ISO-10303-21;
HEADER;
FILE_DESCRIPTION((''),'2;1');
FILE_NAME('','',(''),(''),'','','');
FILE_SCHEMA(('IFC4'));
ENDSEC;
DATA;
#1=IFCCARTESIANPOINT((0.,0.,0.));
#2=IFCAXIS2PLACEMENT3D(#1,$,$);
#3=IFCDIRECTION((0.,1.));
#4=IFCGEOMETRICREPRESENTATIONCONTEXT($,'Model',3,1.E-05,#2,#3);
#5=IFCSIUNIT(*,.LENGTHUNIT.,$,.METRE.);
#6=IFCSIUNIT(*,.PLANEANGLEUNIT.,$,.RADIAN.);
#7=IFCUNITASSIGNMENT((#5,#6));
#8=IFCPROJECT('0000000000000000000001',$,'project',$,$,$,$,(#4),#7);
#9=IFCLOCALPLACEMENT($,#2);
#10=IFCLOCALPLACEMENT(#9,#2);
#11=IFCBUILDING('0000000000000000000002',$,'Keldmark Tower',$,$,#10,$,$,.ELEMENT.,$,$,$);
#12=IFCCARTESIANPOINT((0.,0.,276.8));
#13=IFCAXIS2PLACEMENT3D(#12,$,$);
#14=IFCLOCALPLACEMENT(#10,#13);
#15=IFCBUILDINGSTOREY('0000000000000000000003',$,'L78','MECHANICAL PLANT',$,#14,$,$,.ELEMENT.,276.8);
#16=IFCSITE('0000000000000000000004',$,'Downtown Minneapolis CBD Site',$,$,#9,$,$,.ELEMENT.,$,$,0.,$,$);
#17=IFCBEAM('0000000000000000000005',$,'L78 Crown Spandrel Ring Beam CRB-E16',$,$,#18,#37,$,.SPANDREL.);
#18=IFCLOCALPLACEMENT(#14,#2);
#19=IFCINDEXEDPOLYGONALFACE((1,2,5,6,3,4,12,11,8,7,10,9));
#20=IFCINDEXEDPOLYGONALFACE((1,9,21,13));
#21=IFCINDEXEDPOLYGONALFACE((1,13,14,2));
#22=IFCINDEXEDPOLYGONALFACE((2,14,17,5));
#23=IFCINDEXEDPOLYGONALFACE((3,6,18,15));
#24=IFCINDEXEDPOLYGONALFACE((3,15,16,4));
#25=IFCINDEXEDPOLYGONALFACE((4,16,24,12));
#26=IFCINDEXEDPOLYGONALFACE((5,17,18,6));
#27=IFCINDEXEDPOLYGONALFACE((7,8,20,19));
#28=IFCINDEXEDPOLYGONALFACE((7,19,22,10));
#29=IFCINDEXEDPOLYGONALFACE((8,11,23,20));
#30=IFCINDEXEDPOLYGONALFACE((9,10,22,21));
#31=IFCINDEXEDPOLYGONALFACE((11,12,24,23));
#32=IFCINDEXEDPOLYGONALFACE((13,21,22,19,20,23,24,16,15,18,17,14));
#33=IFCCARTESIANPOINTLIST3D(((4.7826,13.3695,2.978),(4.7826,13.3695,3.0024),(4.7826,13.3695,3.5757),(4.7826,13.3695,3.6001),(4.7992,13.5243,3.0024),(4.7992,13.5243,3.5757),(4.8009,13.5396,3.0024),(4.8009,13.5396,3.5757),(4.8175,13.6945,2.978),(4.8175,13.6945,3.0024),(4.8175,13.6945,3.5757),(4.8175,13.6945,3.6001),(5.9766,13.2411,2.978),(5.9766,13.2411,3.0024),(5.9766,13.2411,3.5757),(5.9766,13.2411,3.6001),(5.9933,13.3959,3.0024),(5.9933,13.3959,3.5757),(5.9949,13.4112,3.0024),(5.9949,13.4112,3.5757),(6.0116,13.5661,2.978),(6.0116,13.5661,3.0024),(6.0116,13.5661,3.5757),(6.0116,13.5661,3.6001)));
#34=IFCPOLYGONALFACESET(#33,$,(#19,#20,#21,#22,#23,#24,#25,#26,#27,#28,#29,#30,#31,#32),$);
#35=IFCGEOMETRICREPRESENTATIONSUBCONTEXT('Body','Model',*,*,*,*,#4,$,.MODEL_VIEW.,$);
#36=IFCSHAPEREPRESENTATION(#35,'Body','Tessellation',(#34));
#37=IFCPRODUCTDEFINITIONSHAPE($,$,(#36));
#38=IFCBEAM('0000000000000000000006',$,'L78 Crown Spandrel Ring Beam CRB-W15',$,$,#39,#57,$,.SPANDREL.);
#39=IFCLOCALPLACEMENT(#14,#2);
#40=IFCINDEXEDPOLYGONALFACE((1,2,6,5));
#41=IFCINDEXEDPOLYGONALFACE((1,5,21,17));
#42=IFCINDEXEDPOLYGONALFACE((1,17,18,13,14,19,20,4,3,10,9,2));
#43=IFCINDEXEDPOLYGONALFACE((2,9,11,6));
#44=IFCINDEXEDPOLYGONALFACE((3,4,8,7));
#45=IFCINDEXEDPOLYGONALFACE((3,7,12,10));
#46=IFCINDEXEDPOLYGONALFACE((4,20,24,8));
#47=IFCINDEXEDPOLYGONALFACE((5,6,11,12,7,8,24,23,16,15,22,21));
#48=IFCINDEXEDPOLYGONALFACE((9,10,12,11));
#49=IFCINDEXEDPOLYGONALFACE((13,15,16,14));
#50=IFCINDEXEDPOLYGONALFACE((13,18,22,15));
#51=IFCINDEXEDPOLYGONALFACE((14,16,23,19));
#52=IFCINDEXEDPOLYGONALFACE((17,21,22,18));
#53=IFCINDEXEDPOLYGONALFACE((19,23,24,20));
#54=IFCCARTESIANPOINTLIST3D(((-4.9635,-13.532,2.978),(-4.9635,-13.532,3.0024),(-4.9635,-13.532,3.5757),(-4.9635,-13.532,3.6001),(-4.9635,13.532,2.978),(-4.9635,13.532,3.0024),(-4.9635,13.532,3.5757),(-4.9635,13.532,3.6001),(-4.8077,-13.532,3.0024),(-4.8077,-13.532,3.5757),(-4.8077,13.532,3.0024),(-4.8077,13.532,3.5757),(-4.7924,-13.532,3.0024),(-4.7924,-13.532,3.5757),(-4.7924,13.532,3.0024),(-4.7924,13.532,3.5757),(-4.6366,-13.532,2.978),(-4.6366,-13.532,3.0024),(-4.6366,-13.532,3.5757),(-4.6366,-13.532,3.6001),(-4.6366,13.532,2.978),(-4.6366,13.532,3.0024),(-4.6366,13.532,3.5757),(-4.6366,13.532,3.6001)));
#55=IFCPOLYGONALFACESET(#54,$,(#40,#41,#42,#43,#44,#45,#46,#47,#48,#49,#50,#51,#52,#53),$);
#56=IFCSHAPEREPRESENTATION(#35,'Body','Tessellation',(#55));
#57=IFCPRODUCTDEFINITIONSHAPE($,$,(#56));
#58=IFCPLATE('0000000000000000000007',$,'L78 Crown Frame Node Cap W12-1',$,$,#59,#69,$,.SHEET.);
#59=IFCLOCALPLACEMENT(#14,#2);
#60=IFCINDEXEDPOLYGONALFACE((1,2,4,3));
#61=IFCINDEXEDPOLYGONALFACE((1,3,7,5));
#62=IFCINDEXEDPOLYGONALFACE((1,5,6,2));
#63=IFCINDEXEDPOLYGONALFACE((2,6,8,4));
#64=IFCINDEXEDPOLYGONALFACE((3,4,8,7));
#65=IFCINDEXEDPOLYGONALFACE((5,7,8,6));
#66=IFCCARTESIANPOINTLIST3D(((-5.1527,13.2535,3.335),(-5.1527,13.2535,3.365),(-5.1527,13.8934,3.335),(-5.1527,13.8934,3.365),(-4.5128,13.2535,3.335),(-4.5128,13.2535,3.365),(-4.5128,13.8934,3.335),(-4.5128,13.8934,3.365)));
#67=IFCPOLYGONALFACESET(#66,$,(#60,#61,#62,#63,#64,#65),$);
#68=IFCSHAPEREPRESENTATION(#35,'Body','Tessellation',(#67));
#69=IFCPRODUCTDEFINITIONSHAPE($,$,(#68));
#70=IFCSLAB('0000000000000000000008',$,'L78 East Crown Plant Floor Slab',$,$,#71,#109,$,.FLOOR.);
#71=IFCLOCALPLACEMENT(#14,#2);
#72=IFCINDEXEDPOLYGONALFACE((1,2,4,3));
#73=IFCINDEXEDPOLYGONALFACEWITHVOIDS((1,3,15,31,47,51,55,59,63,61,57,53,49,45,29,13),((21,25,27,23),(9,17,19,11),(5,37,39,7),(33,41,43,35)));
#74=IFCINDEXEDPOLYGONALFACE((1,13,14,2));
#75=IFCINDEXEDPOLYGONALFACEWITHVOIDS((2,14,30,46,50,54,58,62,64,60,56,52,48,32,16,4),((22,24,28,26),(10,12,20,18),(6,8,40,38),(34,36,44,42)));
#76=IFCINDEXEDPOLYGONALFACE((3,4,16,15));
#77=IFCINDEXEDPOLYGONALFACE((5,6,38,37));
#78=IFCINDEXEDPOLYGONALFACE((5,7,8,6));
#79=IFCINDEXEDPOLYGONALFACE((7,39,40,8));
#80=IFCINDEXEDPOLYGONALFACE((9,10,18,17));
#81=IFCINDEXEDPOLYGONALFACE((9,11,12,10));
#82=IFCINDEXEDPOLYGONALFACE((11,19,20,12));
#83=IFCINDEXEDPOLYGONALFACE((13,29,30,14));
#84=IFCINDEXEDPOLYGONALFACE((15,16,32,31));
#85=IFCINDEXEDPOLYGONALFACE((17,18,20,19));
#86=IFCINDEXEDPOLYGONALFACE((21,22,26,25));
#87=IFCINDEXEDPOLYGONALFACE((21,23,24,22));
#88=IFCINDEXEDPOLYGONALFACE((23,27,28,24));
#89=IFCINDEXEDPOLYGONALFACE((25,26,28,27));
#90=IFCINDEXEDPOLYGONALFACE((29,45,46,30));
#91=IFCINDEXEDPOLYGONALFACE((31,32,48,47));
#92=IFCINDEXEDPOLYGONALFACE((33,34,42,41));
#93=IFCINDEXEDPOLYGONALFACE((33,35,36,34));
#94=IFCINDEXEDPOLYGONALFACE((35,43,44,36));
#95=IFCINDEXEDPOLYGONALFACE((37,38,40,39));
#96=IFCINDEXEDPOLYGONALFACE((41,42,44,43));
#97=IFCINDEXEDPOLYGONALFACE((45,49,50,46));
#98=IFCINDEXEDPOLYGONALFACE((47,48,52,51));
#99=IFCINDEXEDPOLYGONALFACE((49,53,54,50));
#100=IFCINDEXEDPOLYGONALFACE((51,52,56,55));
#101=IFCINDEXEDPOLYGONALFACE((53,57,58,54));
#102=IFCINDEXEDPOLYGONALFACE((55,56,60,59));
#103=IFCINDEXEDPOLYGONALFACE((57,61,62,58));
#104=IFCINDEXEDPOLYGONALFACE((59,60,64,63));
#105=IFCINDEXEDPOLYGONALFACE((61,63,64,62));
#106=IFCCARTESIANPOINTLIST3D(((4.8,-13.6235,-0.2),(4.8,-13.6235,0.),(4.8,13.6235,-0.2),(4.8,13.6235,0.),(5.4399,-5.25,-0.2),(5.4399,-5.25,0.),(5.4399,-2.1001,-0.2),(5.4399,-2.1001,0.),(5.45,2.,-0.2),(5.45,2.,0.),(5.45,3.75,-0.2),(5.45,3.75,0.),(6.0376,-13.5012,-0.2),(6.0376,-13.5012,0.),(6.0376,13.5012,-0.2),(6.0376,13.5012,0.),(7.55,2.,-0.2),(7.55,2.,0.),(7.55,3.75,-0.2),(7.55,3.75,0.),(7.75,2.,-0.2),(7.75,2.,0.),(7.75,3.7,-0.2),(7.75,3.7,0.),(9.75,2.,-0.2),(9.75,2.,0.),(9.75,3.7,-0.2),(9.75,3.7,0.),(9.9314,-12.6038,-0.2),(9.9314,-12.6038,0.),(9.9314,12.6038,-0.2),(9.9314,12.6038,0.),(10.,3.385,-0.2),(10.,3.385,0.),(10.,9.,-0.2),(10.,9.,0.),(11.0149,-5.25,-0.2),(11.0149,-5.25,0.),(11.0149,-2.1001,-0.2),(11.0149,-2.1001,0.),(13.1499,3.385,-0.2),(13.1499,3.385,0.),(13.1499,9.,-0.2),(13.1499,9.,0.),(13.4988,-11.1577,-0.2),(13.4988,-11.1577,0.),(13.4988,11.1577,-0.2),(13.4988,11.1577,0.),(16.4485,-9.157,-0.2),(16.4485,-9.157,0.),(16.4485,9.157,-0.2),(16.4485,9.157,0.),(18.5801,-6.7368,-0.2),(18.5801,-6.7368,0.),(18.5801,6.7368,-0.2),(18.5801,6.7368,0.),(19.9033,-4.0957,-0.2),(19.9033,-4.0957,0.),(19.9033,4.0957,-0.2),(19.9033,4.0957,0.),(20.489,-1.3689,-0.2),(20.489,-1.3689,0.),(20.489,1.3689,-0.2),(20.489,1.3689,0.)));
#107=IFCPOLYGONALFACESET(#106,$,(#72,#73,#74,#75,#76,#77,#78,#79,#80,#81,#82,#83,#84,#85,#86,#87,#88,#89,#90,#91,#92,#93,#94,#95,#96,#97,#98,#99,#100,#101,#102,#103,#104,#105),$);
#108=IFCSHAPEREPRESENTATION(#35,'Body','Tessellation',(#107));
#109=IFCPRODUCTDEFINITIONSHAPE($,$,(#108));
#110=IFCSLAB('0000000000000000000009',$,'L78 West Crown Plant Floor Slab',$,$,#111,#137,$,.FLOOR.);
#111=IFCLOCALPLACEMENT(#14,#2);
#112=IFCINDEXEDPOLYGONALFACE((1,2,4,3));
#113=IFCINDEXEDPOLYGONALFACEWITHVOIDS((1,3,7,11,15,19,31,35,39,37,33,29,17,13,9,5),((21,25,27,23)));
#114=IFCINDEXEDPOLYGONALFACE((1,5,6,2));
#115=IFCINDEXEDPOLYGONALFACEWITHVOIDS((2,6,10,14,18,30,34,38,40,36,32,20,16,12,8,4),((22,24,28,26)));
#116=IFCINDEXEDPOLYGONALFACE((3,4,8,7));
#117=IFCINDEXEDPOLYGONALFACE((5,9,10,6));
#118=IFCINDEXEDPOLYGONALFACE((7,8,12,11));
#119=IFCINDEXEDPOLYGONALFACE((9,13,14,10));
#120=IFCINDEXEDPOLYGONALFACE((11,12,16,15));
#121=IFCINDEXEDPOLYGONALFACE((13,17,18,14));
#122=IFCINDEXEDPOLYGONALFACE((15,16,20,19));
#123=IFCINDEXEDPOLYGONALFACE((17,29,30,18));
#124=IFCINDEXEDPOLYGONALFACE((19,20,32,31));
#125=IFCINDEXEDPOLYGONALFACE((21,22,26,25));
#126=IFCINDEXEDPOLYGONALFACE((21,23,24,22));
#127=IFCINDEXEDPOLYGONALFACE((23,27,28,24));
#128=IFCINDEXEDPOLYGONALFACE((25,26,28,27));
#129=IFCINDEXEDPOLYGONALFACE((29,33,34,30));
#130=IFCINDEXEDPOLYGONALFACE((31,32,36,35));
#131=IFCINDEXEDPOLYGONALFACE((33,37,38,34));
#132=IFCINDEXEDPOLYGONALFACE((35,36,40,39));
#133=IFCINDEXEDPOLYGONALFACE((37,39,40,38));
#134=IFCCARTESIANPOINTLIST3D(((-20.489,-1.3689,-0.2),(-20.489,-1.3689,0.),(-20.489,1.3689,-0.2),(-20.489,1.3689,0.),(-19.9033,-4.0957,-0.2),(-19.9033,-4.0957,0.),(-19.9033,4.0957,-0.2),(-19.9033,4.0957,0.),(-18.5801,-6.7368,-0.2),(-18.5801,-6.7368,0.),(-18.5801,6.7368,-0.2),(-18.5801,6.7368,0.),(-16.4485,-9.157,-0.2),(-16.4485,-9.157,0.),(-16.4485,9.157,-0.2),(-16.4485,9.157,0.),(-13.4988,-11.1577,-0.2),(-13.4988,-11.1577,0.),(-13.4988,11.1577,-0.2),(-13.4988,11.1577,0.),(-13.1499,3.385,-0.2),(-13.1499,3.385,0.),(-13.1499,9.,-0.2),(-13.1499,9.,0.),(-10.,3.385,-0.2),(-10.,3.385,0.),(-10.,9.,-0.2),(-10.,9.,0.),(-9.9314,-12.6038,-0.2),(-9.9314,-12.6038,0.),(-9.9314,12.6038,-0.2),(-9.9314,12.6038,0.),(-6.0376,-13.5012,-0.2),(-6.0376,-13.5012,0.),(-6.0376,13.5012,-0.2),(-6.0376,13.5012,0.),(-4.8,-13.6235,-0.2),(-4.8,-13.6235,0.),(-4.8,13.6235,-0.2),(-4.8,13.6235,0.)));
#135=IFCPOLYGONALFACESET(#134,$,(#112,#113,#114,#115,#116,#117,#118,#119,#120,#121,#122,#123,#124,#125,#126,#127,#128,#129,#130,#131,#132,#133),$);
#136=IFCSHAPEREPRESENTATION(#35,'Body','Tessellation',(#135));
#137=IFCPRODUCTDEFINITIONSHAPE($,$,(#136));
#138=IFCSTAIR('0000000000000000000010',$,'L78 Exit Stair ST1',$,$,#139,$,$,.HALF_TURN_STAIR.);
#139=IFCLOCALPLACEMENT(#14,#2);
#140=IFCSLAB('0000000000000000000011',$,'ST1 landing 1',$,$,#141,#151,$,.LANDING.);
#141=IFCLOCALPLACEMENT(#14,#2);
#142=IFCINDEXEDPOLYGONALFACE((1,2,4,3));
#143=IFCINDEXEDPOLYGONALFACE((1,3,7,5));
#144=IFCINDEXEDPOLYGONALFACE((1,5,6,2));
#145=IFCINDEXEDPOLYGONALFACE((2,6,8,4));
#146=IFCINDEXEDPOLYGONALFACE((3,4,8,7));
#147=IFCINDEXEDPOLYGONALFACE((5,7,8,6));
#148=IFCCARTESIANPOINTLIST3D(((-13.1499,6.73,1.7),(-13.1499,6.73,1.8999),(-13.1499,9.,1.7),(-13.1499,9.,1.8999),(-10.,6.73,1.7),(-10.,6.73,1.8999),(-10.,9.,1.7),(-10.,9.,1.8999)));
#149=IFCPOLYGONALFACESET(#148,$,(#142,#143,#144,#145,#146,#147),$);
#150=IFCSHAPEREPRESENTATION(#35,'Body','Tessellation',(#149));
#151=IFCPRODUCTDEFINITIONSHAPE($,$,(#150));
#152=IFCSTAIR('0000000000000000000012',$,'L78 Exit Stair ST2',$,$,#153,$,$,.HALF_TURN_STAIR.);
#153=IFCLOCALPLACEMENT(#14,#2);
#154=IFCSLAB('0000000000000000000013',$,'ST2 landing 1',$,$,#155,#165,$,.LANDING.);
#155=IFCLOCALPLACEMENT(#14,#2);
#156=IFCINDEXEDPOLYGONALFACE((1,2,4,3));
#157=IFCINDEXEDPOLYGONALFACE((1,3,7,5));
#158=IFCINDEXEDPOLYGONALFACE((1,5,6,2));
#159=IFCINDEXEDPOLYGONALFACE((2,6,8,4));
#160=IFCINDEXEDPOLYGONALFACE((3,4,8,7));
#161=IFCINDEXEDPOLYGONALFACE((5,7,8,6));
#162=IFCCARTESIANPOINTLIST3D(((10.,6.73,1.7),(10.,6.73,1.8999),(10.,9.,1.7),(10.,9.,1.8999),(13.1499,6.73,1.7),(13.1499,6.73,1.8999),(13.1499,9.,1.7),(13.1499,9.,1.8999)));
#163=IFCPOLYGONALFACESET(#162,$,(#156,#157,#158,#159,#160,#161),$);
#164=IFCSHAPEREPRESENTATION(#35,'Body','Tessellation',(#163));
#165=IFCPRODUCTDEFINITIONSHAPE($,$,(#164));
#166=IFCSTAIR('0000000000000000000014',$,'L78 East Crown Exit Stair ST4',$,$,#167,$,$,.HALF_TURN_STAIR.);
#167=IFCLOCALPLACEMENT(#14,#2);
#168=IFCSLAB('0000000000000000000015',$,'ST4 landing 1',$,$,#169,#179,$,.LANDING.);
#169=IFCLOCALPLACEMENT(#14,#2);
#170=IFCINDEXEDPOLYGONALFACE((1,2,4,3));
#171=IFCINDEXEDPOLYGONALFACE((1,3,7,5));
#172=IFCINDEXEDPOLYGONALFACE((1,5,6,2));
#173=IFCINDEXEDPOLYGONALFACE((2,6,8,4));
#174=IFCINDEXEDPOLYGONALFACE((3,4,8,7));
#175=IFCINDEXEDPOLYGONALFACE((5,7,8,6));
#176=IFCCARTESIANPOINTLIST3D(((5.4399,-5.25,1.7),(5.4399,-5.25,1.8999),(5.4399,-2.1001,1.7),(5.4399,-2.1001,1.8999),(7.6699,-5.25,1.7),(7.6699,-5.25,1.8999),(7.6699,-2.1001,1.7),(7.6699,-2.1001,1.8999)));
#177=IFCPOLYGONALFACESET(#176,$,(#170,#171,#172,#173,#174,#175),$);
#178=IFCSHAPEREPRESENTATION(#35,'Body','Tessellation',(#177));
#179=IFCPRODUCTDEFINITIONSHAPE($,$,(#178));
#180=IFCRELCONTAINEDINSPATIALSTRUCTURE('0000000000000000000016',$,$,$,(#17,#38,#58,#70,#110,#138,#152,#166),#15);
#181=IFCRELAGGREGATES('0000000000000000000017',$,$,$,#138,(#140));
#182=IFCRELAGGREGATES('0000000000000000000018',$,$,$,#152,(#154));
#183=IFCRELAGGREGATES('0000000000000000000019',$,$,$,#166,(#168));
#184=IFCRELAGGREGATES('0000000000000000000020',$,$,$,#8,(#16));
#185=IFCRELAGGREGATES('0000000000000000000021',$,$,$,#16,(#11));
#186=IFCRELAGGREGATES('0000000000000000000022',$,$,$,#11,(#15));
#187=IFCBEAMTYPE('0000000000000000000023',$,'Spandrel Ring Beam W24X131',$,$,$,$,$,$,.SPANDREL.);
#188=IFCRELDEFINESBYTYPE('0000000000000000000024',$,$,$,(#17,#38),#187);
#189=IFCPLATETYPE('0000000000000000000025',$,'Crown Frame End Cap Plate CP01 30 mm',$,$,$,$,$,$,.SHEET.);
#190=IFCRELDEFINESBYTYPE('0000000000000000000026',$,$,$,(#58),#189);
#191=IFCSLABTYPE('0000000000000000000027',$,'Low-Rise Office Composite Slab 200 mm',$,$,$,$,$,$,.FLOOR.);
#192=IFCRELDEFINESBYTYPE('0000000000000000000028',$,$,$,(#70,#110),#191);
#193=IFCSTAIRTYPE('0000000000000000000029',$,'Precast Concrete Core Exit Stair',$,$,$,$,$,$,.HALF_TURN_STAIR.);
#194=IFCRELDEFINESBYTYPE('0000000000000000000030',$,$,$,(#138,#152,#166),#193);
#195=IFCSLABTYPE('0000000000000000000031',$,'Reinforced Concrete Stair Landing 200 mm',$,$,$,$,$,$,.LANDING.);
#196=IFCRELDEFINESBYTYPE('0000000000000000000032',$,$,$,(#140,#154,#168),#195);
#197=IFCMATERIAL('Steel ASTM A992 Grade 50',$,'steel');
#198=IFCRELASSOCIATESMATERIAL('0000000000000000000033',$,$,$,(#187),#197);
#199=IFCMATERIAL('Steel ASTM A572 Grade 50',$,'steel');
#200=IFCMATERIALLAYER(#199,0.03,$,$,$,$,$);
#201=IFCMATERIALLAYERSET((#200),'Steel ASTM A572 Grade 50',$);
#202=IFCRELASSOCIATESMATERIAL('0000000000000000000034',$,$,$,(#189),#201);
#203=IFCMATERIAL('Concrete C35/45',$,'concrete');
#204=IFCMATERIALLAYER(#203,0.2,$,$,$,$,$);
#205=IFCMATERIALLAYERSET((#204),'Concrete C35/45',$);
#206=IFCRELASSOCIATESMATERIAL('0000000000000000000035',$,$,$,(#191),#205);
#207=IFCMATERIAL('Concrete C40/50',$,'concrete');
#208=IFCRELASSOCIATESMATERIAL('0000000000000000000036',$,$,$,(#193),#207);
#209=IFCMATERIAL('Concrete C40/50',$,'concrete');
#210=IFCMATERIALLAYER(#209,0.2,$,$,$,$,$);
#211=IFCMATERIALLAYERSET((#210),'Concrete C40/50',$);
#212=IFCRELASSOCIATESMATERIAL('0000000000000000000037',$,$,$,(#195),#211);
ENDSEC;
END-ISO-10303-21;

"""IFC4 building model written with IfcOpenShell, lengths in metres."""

from ifc_helpers import new_model, si_unit, direction, frame, origin, origin_2d, place, context, subcontext, project, spatial, polyline, rectangle, i_section, outline, extrude, material, layer, layer_set, material_profile, profile_set, type_object, element, aggregate, save


model = new_model("IFC4")

# Units and contexts
model_context = context("Model", 3, precision=1e-05, world=origin(), true_north=direction((0.0, 1.0)))
body_context = subcontext(model_context, "Body", "Model", "MODEL_VIEW")
ifc_project = project(units=[si_unit("LENGTHUNIT", "METRE"), si_unit("PLANEANGLEUNIT", "RADIAN")], contexts=[model_context])

# Site, building, storey
site_placement = place(None, origin())
site = spatial("IfcSite", under=ifc_project, at=site_placement, Name="Downtown Minneapolis CBD Site", CompositionType="ELEMENT", RefElevation=0.0)
building_placement = place(site_placement, origin())
building = spatial("IfcBuilding", under=site, at=building_placement, Name="Keldmark Tower", CompositionType="ELEMENT")
storey_placement = place(building_placement, frame((0.0, 0.0, 276.8)))
storey = spatial("IfcBuildingStorey", under=building, at=storey_placement, Name="L78", Description="MECHANICAL PLANT", CompositionType="ELEMENT", Elevation=276.8)

# Beams
ifc_material_1 = material(Name="Steel ASTM A992 Grade 50", Category="steel")
ifc_material_profile_1 = material_profile(ifc_material_1, i_section(OverallWidth=0.3269, OverallDepth=0.6221, WebThickness=0.0154, FlangeThickness=0.0244, at=origin_2d()), Name="W24X131")
ifc_profile_set_1 = profile_set([ifc_material_profile_1], Name="Steel ASTM A992 Grade 50")
beam_type = type_object("IfcBeamType", Name="Spandrel Ring Beam W24X131", PredefinedType="SPANDREL", material=ifc_profile_set_1)
beam_1_placement = place(storey_placement, frame((4.8, 13.532, 3.2891), z_axis=(0.994267, -0.106928, 0.0), x_axis=(0.106928, 0.994267, 0.0)))
element("IfcBeam", 1, at=beam_1_placement, inside=storey, type_object=beam_type, Name="L78 Crown Spandrel Ring Beam CRB-E16", PredefinedType="SPANDREL", context=body_context, shape_type="SweptSolid", body=[
    extrude(i_section(OverallWidth=0.3269, OverallDepth=0.6221, WebThickness=0.0154, FlangeThickness=0.0244, at=origin_2d()), origin(), (0.0, 0.0, 1.0), 1.2009),
])
beam_2_placement = place(storey_placement, frame((-4.8, 13.532, 3.2891), z_axis=(0.0, -1.0, 0.0), x_axis=(1.0, 0.0, 0.0)))
element("IfcBeam", 2, at=beam_2_placement, inside=storey, type_object=beam_type, Name="L78 Crown Spandrel Ring Beam CRB-W15", PredefinedType="SPANDREL", context=body_context, shape_type="SweptSolid", body=[
    extrude(i_section(OverallWidth=0.3269, OverallDepth=0.6221, WebThickness=0.0154, FlangeThickness=0.0244, at=origin_2d()), origin(), (0.0, 0.0, 1.0), 27.064),
])

# Plate
ifc_material_2 = material(Name="Steel ASTM A572 Grade 50", Category="steel")
ifc_layer_1 = layer(ifc_material_2, 0.03)
ifc_layer_set_1 = layer_set([ifc_layer_1], Name="Steel ASTM A572 Grade 50")
plate_type_1 = type_object("IfcPlateType", Name="Crown Frame End Cap Plate CP01 30 mm", PredefinedType="SHEET", material=ifc_layer_set_1)
plate_1_placement = place(storey_placement, frame((-4.8328, 13.5735, 3.335), z_axis=(0.0, 0.0, 1.0), x_axis=(1.0, 0.0, 0.0)))
element("IfcPlate", 3, at=plate_1_placement, inside=storey, type_object=plate_type_1, Name="L78 Crown Frame Node Cap W12-1", PredefinedType="SHEET", context=body_context, shape_type="SweptSolid", body=[
    extrude(rectangle(XDim=0.6399, YDim=0.6399, at=origin_2d()), origin(), (0.0, 0.0, 1.0), 0.03),
])

# Slabs
ifc_material_3 = material(Name="Concrete C35/45", Category="concrete")
ifc_layer_2 = layer(ifc_material_3, 0.2)
ifc_layer_set_2 = layer_set([ifc_layer_2], Name="Concrete C35/45")
slab_type_1 = type_object("IfcSlabType", Name="Low-Rise Office Composite Slab 200 mm", PredefinedType="FLOOR", material=ifc_layer_set_2)
slab_1_placement = place(storey_placement, frame((0.0, 0.0, -0.2)))
element("IfcSlab", 4, at=slab_1_placement, inside=storey, type_object=slab_type_1, Name="L78 East Crown Plant Floor Slab", PredefinedType="FLOOR", context=body_context, shape_type="SweptSolid", body=[
    extrude(outline(polyline([(6.0376, 13.5012), (9.9314, 12.6038), (13.4988, 11.1577), (16.4485, 9.157), (18.5801, 6.7368), (19.9033, 4.0957), (20.489, 1.3689), (20.489, -1.3689), (19.9033, -4.0957), (18.5801, -6.7368), (16.4485, -9.157), (13.4988, -11.1577), (9.9314, -12.6038), (6.0376, -13.5012), (4.8, -13.6235), (4.8, 13.6235), (6.0376, 13.5012)]), holes=[polyline([(13.1499, 3.385), (13.1499, 9.0), (10.0, 9.0), (10.0, 3.385), (13.1499, 3.385)]), polyline([(11.0149, -2.1001), (5.4399, -2.1001), (5.4399, -5.25), (11.0149, -5.25), (11.0149, -2.1001)]), polyline([(7.75, 2.0), (9.75, 2.0), (9.75, 3.7), (7.75, 3.7), (7.75, 2.0)]), polyline([(5.45, 2.0), (7.55, 2.0), (7.55, 3.75), (5.45, 3.75), (5.45, 2.0)])]), origin(), (0.0, 0.0, 1.0), 0.2),
])
slab_2_placement = place(storey_placement, frame((0.0, 0.0, -0.2)))
element("IfcSlab", 5, at=slab_2_placement, inside=storey, type_object=slab_type_1, Name="L78 West Crown Plant Floor Slab", PredefinedType="FLOOR", context=body_context, shape_type="SweptSolid", body=[
    extrude(outline(polyline([(-6.0376, -13.5012), (-9.9314, -12.6038), (-13.4988, -11.1577), (-16.4485, -9.157), (-18.5801, -6.7368), (-19.9033, -4.0957), (-20.489, -1.3689), (-20.489, 1.3689), (-19.9033, 4.0957), (-18.5801, 6.7368), (-16.4485, 9.157), (-13.4988, 11.1577), (-9.9314, 12.6038), (-6.0376, 13.5012), (-4.8, 13.6235), (-4.8, -13.6235), (-6.0376, -13.5012)]), holes=[polyline([(-10.0, 3.385), (-10.0, 9.0), (-13.1499, 9.0), (-13.1499, 3.385), (-10.0, 3.385)])]), origin(), (0.0, 0.0, 1.0), 0.2),
])

# Stairs, slabs
ifc_material_4 = material(Name="Concrete C40/50", Category="concrete")
stair_type = type_object("IfcStairType", Name="Precast Concrete Core Exit Stair", PredefinedType="HALF_TURN_STAIR", material=ifc_material_4)
stair_1_placement = place(storey_placement, origin())
stair_1 = element("IfcStair", 6, at=stair_1_placement, inside=storey, type_object=stair_type, Name="L78 Exit Stair ST1", PredefinedType="HALF_TURN_STAIR")
ifc_material_5 = material(Name="Concrete C40/50", Category="concrete")
ifc_layer_3 = layer(ifc_material_5, 0.2)
ifc_layer_set_3 = layer_set([ifc_layer_3], Name="Concrete C40/50")
slab_type_2 = type_object("IfcSlabType", Name="Reinforced Concrete Stair Landing 200 mm", PredefinedType="LANDING", material=ifc_layer_set_3)
slab_3_placement = place(storey_placement, frame((0.0, 0.0, 1.7)))
slab_3 = element("IfcSlab", 7, at=slab_3_placement, type_object=slab_type_2, Name="ST1 landing 1", PredefinedType="LANDING", context=body_context, shape_type="SweptSolid", body=[
    extrude(outline(polyline([(-10.0, 6.73), (-10.0, 9.0), (-13.1499, 9.0), (-13.1499, 6.73), (-10.0, 6.73)])), origin(), (0.0, 0.0, 1.0), 0.2),
])
aggregate(stair_1, [slab_3])
stair_2_placement = place(storey_placement, origin())
stair_2 = element("IfcStair", 8, at=stair_2_placement, inside=storey, type_object=stair_type, Name="L78 Exit Stair ST2", PredefinedType="HALF_TURN_STAIR")
slab_4_placement = place(storey_placement, frame((0.0, 0.0, 1.7)))
slab_4 = element("IfcSlab", 9, at=slab_4_placement, type_object=slab_type_2, Name="ST2 landing 1", PredefinedType="LANDING", context=body_context, shape_type="SweptSolid", body=[
    extrude(outline(polyline([(13.1499, 6.73), (13.1499, 9.0), (10.0, 9.0), (10.0, 6.73), (13.1499, 6.73)])), origin(), (0.0, 0.0, 1.0), 0.2),
])
aggregate(stair_2, [slab_4])
stair_3_placement = place(storey_placement, origin())
stair_3 = element("IfcStair", 10, at=stair_3_placement, inside=storey, type_object=stair_type, Name="L78 East Crown Exit Stair ST4", PredefinedType="HALF_TURN_STAIR")
slab_5_placement = place(storey_placement, frame((0.0, 0.0, 1.7)))
slab_5 = element("IfcSlab", 11, at=slab_5_placement, type_object=slab_type_2, Name="ST4 landing 1", PredefinedType="LANDING", context=body_context, shape_type="SweptSolid", body=[
    extrude(outline(polyline([(7.6699, -2.1001), (5.4399, -2.1001), (5.4399, -5.25), (7.6699, -5.25), (7.6699, -2.1001)])), origin(), (0.0, 0.0, 1.0), 0.2),
])
aggregate(stair_3, [slab_5])

save(model, "model.ifc")
